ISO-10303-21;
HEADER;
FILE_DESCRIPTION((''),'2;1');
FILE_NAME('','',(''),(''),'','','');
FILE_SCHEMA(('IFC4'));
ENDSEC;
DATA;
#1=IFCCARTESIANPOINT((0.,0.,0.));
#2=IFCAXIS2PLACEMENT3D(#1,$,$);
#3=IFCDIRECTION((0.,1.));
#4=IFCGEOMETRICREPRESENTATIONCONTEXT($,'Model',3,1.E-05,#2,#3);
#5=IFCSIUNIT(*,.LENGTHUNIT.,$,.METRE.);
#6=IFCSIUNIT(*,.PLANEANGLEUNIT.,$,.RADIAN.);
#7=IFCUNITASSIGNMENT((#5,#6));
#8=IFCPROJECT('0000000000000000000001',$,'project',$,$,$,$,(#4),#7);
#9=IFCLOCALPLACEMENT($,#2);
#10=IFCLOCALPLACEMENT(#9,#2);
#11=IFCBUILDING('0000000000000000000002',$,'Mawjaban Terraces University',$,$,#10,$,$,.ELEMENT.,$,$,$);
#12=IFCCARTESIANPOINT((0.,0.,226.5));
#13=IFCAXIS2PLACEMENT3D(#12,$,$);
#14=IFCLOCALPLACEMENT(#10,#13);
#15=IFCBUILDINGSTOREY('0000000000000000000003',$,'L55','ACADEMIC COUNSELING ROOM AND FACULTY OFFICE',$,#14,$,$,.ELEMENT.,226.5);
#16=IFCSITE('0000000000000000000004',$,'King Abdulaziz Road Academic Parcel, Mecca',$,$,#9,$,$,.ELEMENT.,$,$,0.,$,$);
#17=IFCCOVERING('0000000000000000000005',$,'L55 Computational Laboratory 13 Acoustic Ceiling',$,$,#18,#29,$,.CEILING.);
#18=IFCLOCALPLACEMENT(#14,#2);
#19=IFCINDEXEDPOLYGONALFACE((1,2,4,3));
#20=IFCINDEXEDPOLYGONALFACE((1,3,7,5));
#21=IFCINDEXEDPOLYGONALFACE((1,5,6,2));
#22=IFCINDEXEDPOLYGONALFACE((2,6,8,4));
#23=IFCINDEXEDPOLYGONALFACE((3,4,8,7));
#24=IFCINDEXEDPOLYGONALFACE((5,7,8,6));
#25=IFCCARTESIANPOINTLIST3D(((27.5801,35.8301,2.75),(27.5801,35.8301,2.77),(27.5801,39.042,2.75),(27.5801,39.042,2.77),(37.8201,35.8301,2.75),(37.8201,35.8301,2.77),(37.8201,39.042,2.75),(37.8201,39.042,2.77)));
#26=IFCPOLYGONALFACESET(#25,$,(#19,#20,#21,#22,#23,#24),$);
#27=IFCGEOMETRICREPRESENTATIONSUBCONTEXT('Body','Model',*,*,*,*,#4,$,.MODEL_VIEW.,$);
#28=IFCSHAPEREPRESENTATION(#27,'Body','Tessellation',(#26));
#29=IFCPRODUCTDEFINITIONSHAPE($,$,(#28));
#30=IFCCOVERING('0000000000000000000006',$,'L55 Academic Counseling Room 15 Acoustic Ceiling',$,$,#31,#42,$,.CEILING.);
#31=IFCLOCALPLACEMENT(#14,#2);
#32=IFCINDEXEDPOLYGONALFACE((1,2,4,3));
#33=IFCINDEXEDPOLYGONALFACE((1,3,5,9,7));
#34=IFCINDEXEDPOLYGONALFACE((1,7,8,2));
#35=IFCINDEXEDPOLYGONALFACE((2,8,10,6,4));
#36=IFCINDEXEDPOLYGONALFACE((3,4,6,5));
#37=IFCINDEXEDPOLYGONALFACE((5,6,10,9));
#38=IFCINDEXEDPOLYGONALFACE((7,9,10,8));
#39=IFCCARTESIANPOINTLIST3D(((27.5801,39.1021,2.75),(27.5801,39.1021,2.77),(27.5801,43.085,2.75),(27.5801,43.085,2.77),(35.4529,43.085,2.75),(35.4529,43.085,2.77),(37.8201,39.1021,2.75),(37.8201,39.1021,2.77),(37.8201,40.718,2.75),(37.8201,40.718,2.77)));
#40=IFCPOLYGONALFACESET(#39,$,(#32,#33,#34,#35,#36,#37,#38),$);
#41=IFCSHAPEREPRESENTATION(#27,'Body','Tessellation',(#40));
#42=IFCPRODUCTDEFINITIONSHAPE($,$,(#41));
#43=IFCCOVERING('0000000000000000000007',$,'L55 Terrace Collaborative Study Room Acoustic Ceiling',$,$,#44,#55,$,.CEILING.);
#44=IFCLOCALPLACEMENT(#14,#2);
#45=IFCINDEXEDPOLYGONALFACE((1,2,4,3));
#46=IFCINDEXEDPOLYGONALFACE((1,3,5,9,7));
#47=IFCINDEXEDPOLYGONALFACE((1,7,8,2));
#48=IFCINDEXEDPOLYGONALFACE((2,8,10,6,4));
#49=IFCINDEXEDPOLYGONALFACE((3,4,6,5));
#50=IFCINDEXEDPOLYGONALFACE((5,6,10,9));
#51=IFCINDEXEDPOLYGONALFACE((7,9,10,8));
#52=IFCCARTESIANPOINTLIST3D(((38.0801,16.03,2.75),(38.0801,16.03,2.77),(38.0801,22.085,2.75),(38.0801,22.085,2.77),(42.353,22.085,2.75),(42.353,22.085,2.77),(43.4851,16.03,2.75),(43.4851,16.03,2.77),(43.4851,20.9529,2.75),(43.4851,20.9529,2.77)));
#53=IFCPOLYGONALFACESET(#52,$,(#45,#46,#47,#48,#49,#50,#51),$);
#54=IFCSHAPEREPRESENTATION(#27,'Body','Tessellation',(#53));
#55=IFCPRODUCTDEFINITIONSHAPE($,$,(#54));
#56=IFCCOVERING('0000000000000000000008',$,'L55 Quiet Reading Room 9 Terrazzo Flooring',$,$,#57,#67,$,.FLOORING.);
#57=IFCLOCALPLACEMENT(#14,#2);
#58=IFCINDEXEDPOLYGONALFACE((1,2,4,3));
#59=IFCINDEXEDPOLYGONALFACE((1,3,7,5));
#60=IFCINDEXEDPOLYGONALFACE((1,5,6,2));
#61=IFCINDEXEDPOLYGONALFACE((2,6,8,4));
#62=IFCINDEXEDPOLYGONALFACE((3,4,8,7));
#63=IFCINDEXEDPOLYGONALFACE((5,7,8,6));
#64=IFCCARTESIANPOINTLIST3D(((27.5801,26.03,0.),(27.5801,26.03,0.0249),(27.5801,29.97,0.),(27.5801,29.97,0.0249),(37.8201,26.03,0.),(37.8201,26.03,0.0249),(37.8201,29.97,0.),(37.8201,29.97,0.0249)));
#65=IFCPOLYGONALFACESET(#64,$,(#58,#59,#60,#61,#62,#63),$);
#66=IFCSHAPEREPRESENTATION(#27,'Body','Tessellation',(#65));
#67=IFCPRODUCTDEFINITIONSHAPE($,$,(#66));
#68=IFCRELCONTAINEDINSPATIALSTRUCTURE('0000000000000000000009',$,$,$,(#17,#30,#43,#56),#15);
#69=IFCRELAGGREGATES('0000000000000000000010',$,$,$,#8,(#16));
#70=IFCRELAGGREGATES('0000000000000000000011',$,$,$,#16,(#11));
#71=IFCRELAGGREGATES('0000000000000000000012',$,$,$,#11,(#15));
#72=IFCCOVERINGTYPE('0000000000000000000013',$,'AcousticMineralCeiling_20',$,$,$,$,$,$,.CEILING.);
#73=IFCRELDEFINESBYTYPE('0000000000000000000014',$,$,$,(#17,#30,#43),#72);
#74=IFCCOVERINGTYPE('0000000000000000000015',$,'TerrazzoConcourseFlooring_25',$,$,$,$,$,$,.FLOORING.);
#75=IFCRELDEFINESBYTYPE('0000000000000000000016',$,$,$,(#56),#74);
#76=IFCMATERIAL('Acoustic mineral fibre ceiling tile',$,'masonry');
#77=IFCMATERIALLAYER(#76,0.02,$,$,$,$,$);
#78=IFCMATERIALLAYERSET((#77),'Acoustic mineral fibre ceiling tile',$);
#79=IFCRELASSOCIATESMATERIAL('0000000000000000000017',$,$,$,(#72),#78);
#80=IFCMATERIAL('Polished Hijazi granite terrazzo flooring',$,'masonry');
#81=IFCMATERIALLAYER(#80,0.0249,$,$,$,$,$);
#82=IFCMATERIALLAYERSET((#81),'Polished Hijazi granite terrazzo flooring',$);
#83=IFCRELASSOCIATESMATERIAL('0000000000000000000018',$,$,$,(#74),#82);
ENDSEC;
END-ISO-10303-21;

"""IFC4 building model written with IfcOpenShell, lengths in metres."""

from ifc_helpers import new_model, si_unit, direction, frame, origin, place, context, subcontext, project, spatial, polyline, outline, extrude, material, layer, layer_set, type_object, element, save


model = new_model("IFC4")

# Units and contexts
model_context = context("Model", 3, precision=1e-05, world=origin(), true_north=direction((0.0, 1.0)))
body_context = subcontext(model_context, "Body", "Model", "MODEL_VIEW")
ifc_project = project(units=[si_unit("LENGTHUNIT", "METRE"), si_unit("PLANEANGLEUNIT", "RADIAN")], contexts=[model_context])

# Site, building, storey
site_placement = place(None, origin())
site = spatial("IfcSite", under=ifc_project, at=site_placement, Name="King Abdulaziz Road Academic Parcel, Mecca", CompositionType="ELEMENT", RefElevation=0.0)
building_placement = place(site_placement, origin())
building = spatial("IfcBuilding", under=site, at=building_placement, Name="Mawjaban Terraces University", CompositionType="ELEMENT")
storey_placement = place(building_placement, frame((0.0, 0.0, 226.5)))
storey = spatial("IfcBuildingStorey", under=building, at=storey_placement, Name="L55", Description="ACADEMIC COUNSELING ROOM AND FACULTY OFFICE", CompositionType="ELEMENT", Elevation=226.5)

# Coverings
ifc_material_1 = material(Name="Acoustic mineral fibre ceiling tile", Category="masonry")
ifc_layer_1 = layer(ifc_material_1, 0.02)
ifc_layer_set_1 = layer_set([ifc_layer_1], Name="Acoustic mineral fibre ceiling tile")
covering_type_1 = type_object("IfcCoveringType", Name="AcousticMineralCeiling_20", PredefinedType="CEILING", material=ifc_layer_set_1)
covering_1_placement = place(storey_placement, frame((0.0, 0.0, 2.75)))
element("IfcCovering", 1, at=covering_1_placement, inside=storey, type_object=covering_type_1, Name="L55 Computational Laboratory 13 Acoustic Ceiling", PredefinedType="CEILING", context=body_context, shape_type="SweptSolid", body=[
    extrude(outline(polyline([(37.8201, 35.8301), (37.8201, 39.042), (27.5801, 39.042), (27.5801, 35.8301), (37.8201, 35.8301)])), origin(), (0.0, 0.0, 1.0), 0.02),
])
covering_2_placement = place(storey_placement, frame((0.0, 0.0, 2.75)))
element("IfcCovering", 2, at=covering_2_placement, inside=storey, type_object=covering_type_1, Name="L55 Academic Counseling Room 15 Acoustic Ceiling", PredefinedType="CEILING", context=body_context, shape_type="SweptSolid", body=[
    extrude(outline(polyline([(37.8201, 40.718), (35.4529, 43.085), (27.5801, 43.085), (27.5801, 39.1021), (37.8201, 39.1021), (37.8201, 40.718)])), origin(), (0.0, 0.0, 1.0), 0.02),
])
covering_3_placement = place(storey_placement, frame((0.0, 0.0, 2.75)))
element("IfcCovering", 3, at=covering_3_placement, inside=storey, type_object=covering_type_1, Name="L55 Terrace Collaborative Study Room Acoustic Ceiling", PredefinedType="CEILING", context=body_context, shape_type="SweptSolid", body=[
    extrude(outline(polyline([(43.4851, 16.03), (43.4851, 20.9529), (42.353, 22.085), (38.0801, 22.085), (38.0801, 16.03), (43.4851, 16.03)])), origin(), (0.0, 0.0, 1.0), 0.02),
])
ifc_material_2 = material(Name="Polished Hijazi granite terrazzo flooring", Category="masonry")
ifc_layer_2 = layer(ifc_material_2, 0.0249)
ifc_layer_set_2 = layer_set([ifc_layer_2], Name="Polished Hijazi granite terrazzo flooring")
covering_type_2 = type_object("IfcCoveringType", Name="TerrazzoConcourseFlooring_25", PredefinedType="FLOORING", material=ifc_layer_set_2)
covering_4_placement = place(storey_placement, origin())
element("IfcCovering", 4, at=covering_4_placement, inside=storey, type_object=covering_type_2, Name="L55 Quiet Reading Room 9 Terrazzo Flooring", PredefinedType="FLOORING", context=body_context, shape_type="SweptSolid", body=[
    extrude(outline(polyline([(37.8201, 26.03), (37.8201, 29.97), (27.5801, 29.97), (27.5801, 26.03), (37.8201, 26.03)])), origin(), (0.0, 0.0, 1.0), 0.0249),
])

save(model, "model.ifc")
